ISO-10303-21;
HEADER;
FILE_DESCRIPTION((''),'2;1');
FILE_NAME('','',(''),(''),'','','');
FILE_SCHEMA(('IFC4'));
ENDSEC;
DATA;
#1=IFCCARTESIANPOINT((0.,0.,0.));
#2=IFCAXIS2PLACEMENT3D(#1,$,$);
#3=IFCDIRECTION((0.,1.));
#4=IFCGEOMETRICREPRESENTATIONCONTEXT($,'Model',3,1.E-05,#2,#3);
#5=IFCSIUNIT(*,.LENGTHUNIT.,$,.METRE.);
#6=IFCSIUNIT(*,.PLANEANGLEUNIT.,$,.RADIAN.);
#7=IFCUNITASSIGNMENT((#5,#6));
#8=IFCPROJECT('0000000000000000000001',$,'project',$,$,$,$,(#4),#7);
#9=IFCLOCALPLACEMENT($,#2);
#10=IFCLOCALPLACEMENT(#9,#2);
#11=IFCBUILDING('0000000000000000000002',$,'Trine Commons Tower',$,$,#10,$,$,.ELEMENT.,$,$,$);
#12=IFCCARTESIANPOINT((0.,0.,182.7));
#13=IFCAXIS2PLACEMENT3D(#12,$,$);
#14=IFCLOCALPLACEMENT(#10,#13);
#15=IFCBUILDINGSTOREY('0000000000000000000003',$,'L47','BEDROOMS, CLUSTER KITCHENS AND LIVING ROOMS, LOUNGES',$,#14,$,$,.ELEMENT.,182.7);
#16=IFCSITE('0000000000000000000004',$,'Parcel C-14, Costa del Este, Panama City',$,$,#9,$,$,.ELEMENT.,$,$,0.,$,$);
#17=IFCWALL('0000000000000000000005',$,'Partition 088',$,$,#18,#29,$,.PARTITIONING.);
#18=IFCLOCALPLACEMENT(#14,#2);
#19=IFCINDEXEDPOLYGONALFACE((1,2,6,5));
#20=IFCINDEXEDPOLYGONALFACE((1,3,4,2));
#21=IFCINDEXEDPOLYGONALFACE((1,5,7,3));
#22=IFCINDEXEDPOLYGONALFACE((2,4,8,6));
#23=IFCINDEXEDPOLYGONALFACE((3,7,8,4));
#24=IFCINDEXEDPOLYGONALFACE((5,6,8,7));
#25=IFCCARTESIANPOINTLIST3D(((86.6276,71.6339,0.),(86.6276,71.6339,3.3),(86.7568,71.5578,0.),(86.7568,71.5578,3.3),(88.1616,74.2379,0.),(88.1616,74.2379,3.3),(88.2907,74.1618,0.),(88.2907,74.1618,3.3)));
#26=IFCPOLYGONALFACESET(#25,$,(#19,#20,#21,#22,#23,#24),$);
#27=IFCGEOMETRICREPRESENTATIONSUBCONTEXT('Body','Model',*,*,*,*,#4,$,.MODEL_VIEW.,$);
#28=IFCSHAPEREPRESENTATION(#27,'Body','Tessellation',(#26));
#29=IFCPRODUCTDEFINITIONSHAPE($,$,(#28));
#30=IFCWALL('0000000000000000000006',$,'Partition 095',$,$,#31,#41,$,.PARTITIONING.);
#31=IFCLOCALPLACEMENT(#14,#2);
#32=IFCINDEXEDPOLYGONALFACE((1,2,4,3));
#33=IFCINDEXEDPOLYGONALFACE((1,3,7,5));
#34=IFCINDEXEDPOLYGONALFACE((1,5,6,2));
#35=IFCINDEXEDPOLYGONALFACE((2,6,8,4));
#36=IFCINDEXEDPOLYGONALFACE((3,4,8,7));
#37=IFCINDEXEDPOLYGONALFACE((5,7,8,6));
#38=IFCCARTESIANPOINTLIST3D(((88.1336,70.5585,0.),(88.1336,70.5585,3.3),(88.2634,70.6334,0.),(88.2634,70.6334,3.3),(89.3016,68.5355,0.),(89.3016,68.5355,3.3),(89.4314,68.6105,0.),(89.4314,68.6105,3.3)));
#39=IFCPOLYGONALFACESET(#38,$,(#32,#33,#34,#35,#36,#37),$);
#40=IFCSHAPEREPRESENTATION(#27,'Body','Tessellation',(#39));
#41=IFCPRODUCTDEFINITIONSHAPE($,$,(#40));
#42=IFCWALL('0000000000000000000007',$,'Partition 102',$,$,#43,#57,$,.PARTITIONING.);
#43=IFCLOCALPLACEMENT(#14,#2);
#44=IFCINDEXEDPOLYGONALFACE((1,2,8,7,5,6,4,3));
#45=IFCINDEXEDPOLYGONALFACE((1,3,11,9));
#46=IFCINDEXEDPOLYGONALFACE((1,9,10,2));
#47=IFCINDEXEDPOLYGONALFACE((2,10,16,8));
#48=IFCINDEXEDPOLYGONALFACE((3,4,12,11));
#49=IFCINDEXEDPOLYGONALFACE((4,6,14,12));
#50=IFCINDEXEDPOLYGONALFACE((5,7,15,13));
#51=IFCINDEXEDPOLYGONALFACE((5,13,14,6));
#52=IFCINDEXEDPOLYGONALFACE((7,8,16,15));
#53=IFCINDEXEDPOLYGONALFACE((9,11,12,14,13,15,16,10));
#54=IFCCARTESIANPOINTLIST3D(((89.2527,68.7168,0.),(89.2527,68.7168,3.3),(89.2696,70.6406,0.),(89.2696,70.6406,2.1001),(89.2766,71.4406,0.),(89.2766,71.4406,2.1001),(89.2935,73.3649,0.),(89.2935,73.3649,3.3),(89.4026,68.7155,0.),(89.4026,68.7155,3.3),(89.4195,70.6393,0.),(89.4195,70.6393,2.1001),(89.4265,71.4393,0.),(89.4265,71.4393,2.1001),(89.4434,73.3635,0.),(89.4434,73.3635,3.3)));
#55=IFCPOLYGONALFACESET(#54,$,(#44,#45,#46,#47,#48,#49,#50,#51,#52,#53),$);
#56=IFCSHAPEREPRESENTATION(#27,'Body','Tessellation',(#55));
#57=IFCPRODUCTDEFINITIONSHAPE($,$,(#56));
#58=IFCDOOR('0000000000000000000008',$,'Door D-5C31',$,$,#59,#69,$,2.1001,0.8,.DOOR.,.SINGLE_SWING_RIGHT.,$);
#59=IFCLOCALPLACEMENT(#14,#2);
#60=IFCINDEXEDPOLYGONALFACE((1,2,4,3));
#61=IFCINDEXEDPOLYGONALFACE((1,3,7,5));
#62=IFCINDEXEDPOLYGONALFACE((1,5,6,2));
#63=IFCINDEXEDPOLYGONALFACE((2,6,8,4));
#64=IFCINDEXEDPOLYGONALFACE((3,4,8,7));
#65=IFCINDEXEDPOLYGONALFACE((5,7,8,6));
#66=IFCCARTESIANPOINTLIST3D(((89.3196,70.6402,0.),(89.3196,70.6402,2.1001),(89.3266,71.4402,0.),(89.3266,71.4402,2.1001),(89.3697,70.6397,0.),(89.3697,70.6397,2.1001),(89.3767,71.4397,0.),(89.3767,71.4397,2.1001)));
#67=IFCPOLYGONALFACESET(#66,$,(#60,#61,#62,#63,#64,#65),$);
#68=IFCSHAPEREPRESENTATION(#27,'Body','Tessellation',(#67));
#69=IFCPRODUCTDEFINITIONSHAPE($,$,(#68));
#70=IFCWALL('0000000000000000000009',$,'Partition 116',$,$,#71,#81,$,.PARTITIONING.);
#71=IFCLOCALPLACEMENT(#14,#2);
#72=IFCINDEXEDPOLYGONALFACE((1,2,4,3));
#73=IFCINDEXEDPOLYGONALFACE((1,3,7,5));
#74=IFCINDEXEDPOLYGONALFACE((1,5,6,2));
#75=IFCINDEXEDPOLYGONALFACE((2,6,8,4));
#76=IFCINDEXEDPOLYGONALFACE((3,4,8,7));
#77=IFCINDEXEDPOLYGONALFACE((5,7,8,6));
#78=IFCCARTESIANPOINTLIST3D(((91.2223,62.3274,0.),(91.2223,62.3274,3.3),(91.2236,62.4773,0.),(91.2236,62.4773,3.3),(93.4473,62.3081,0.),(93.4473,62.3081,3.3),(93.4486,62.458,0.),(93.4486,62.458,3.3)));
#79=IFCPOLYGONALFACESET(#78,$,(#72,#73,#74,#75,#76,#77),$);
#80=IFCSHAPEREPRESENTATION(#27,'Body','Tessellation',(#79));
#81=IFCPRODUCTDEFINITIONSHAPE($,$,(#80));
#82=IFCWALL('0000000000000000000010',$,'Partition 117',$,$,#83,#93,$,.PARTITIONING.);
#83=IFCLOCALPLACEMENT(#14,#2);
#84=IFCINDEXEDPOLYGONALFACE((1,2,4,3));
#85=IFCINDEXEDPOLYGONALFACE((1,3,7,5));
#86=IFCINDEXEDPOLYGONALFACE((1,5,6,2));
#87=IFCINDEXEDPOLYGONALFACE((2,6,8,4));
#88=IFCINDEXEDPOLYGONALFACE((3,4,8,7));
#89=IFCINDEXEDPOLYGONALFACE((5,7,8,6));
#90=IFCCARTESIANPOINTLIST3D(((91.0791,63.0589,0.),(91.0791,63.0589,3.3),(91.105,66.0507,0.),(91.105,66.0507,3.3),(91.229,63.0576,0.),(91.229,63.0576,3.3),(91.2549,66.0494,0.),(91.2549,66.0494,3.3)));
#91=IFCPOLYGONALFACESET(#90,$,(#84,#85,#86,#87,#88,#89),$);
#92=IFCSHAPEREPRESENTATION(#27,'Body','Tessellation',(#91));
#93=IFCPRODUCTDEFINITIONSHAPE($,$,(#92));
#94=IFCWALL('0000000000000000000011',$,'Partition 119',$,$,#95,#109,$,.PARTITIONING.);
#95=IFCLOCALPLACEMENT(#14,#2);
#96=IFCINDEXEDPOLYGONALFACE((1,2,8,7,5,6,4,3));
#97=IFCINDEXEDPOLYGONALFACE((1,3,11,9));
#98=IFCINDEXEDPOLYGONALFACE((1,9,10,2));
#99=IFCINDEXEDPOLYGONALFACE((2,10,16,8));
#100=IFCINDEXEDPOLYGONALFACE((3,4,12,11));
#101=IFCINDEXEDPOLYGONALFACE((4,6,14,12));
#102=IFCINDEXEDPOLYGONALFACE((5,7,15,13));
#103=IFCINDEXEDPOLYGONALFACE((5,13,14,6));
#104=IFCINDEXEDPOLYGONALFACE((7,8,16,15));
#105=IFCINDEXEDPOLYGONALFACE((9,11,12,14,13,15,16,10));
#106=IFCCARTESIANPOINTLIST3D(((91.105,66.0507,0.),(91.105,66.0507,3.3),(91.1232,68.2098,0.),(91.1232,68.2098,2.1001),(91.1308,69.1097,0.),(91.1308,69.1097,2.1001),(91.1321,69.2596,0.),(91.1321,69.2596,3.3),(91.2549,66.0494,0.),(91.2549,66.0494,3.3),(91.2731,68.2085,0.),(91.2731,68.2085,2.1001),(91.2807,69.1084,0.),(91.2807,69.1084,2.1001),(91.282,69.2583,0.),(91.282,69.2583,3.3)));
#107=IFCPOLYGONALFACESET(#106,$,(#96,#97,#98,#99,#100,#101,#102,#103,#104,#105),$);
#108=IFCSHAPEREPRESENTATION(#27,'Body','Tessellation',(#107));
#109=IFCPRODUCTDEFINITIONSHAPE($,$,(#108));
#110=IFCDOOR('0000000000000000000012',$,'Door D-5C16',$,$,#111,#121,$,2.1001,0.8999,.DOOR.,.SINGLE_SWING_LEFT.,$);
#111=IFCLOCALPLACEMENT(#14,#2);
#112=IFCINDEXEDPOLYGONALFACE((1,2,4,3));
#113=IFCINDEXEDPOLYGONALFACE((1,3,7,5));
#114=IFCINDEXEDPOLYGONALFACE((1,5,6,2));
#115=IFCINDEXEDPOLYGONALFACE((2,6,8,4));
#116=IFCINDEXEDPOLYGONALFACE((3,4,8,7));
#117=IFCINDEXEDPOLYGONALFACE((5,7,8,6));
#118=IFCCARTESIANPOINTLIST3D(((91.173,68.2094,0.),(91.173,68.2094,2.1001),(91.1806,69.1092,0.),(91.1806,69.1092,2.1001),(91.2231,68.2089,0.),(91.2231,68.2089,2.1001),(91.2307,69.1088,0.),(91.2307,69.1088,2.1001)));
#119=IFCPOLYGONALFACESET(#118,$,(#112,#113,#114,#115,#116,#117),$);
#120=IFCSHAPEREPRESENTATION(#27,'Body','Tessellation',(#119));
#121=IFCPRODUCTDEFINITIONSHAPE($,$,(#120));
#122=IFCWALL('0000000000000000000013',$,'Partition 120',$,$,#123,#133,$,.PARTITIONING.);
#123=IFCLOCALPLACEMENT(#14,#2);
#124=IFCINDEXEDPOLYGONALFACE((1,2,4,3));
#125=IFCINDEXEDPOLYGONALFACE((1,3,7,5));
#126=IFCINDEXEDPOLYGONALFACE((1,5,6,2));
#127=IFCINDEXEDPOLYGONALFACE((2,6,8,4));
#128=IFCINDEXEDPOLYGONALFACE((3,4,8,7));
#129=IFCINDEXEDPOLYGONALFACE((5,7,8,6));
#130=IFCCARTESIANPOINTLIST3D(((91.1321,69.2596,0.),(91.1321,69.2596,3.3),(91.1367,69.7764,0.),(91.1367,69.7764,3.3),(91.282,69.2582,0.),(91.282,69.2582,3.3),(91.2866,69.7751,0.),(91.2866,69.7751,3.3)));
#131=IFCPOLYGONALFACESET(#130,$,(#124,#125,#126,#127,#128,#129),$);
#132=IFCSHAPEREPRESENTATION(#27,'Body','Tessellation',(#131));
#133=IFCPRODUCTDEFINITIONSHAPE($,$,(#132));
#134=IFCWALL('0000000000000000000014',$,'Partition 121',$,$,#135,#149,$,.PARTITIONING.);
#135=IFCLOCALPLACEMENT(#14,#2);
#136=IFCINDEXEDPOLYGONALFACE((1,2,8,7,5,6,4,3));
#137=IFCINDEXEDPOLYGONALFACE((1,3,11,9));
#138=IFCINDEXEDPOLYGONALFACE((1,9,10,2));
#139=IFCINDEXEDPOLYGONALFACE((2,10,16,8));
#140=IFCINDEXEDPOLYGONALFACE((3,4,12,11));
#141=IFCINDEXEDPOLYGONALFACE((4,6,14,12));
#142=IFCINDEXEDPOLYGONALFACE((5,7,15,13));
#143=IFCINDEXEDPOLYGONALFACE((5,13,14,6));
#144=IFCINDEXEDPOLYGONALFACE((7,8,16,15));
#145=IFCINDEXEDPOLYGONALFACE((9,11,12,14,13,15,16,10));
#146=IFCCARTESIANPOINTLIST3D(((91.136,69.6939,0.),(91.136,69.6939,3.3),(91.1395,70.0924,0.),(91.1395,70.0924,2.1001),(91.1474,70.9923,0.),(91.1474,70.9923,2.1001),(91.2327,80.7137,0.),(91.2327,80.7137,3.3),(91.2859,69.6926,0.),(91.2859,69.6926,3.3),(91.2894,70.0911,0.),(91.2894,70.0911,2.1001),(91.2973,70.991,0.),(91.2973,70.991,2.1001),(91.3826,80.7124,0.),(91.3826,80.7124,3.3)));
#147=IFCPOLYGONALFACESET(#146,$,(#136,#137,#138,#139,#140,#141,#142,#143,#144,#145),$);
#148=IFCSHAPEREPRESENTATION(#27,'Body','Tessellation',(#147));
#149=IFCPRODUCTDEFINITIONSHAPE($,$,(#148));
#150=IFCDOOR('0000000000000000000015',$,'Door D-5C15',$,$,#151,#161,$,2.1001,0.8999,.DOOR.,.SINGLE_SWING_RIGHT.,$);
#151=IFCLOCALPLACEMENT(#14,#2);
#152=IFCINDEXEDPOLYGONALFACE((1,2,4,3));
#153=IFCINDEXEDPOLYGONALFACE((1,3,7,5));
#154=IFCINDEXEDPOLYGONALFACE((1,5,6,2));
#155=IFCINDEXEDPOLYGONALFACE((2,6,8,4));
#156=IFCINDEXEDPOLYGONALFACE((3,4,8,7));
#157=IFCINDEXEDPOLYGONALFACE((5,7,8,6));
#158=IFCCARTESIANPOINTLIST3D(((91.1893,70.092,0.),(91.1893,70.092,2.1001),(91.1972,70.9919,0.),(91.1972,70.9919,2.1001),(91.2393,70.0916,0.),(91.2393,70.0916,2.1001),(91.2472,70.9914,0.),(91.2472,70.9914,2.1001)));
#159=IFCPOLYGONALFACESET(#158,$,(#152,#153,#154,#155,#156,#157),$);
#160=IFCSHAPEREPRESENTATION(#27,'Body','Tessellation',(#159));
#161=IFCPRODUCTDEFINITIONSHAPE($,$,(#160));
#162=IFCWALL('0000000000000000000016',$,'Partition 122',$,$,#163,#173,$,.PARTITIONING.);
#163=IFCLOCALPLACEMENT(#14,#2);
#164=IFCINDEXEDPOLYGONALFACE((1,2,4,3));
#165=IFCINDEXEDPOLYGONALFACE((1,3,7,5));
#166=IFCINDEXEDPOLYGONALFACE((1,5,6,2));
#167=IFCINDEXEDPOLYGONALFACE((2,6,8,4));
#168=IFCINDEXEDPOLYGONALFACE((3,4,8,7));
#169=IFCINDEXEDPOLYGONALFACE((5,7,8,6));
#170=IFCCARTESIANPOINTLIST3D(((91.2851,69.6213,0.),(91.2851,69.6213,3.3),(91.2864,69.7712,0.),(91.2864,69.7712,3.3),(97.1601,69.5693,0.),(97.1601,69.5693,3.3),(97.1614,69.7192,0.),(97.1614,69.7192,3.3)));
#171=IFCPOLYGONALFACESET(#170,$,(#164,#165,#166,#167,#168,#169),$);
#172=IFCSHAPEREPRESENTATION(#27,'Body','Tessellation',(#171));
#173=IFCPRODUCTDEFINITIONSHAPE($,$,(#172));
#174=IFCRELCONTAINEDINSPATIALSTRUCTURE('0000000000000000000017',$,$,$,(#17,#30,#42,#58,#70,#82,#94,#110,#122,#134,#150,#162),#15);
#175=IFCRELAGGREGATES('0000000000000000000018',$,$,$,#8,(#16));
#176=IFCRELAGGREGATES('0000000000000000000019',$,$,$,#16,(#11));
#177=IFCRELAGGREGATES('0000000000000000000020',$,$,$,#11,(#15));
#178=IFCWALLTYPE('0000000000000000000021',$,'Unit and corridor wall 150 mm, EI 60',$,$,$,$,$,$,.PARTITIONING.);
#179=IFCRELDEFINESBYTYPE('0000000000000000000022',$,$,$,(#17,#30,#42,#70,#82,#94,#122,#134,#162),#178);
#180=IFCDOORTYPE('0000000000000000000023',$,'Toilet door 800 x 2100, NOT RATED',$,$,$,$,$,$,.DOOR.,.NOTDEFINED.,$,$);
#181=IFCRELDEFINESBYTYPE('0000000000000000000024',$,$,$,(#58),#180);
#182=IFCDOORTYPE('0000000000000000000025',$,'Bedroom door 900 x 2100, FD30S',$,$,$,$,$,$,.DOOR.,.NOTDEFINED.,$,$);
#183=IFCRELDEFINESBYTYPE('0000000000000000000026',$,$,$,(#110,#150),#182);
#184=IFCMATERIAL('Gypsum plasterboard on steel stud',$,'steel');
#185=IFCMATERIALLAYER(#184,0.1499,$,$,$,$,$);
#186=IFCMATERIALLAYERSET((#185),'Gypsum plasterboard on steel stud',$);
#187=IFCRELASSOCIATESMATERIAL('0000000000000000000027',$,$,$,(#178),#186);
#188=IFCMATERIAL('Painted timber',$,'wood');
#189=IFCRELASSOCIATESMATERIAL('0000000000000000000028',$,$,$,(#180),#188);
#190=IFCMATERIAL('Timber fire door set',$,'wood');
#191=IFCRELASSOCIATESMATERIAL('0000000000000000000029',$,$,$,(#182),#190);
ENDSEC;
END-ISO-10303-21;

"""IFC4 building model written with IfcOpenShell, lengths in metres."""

from ifc_helpers import new_model, si_unit, direction, frame, frame_2d, origin, place, context, subcontext, project, spatial, rectangle, extrude, material, layer, layer_set, type_object, element, fill, save


model = new_model("IFC4")

# Units and contexts
model_context = context("Model", 3, precision=1e-05, world=origin(), true_north=direction((0.0, 1.0)))
body_context = subcontext(model_context, "Body", "Model", "MODEL_VIEW")
ifc_project = project(units=[si_unit("LENGTHUNIT", "METRE"), si_unit("PLANEANGLEUNIT", "RADIAN")], contexts=[model_context])

# Site, building, storey
site_placement = place(None, origin())
site = spatial("IfcSite", under=ifc_project, at=site_placement, Name="Parcel C-14, Costa del Este, Panama City", CompositionType="ELEMENT", RefElevation=0.0)
building_placement = place(site_placement, origin())
building = spatial("IfcBuilding", under=site, at=building_placement, Name="Trine Commons Tower", CompositionType="ELEMENT")
storey_placement = place(building_placement, frame((0.0, 0.0, 182.7)))
storey = spatial("IfcBuildingStorey", under=building, at=storey_placement, Name="L47", Description="BEDROOMS, CLUSTER KITCHENS AND LIVING ROOMS, LOUNGES", CompositionType="ELEMENT", Elevation=182.7)

# Walls
ifc_material_1 = material(Name="Gypsum plasterboard on steel stud", Category="steel")
ifc_layer_1 = layer(ifc_material_1, 0.1499)
ifc_layer_set_1 = layer_set([ifc_layer_1], Name="Gypsum plasterboard on steel stud")
wall_type_1 = type_object("IfcWallType", Name="Unit and corridor wall 150 mm, EI 60", PredefinedType="PARTITIONING", material=ifc_layer_set_1)
wall_1_placement = place(storey_placement, frame((86.6921, 71.5957, 0.0), z_axis=(0.0, 0.0, 1.0), x_axis=(0.507553, 0.86162, 0.0)))
element("IfcWall", 1, at=wall_1_placement, inside=storey, type_object=wall_type_1, Name="Partition 088", PredefinedType="PARTITIONING", context=body_context, shape_type="SweptSolid", body=[
    extrude(rectangle(XDim=3.0222, YDim=0.1499, at=frame_2d((1.5112, 0.0))), origin(), (0.0, 0.0, 1.0), 3.3),
])
wall_2_placement = place(storey_placement, frame((88.1985, 70.5959, 0.0), z_axis=(0.0, 0.0, 1.0), x_axis=(0.500006, -0.866022, 0.0)))
element("IfcWall", 2, at=wall_2_placement, inside=storey, type_object=wall_type_1, Name="Partition 095", PredefinedType="PARTITIONING", context=body_context, shape_type="SweptSolid", body=[
    extrude(rectangle(XDim=2.3359, YDim=0.1499, at=frame_2d((1.168, 0.0))), origin(), (0.0, 0.0, 1.0), 3.3),
])

# Wall, opening, door
wall_3_placement = place(storey_placement, frame((89.3276, 68.7161, 0.0), z_axis=(0.0, 0.0, 1.0), x_axis=(0.008772, 0.999962, 0.0)))
wall_3 = element("IfcWall", 3, at=wall_3_placement, inside=storey, type_object=wall_type_1, Name="Partition 102", PredefinedType="PARTITIONING", context=body_context, shape_type="SweptSolid", body=[
    extrude(rectangle(XDim=4.6482, YDim=0.1499, at=frame_2d((2.3242, 0.0))), origin(), (0.0, 0.0, 1.0), 3.3),
])
opening_1_placement = place(wall_3_placement, frame((1.9241, 0.0, 0.0)))
opening_1 = element("IfcOpeningElement", 4, at=opening_1_placement, cuts=wall_3, PredefinedType="OPENING", context=body_context, shape_type="SweptSolid", body=[
    extrude(rectangle(XDim=0.8, YDim=2.1001, at=frame_2d((0.3999, 1.05))), frame((0.0, 0.085, 0.0), z_axis=(0.0, -1.0, 0.0), x_axis=(1.0, 0.0, 0.0)), (0.0, 0.0, 1.0), 0.1699),
])
ifc_material_2 = material(Name="Painted timber", Category="wood")
door_type_1 = type_object("IfcDoorType", Name="Toilet door 800 x 2100, NOT RATED", OperationType="NOTDEFINED", PredefinedType="DOOR", material=ifc_material_2)
door_1_placement = place(opening_1_placement, origin())
door_1 = element("IfcDoor", 5, at=door_1_placement, inside=storey, type_object=door_type_1, Name="Door D-5C31", OperationType="SINGLE_SWING_RIGHT", OverallHeight=2.1001, OverallWidth=0.8, PredefinedType="DOOR", context=body_context, shape_type="SweptSolid", body=[
    extrude(rectangle(XDim=0.8, YDim=2.1001, at=frame_2d((0.3999, 1.05))), frame((0.0, 0.0249, 0.0), z_axis=(0.0, -1.0, 0.0), x_axis=(1.0, 0.0, 0.0)), (0.0, 0.0, 1.0), 0.05),
])
fill(opening_1, door_1)

# Walls
wall_4_placement = place(storey_placement, frame((91.2229, 62.4023, 0.0), z_axis=(0.0, 0.0, 1.0), x_axis=(0.999962, -0.008668, 0.0)))
element("IfcWall", 6, at=wall_4_placement, inside=storey, type_object=wall_type_1, Name="Partition 116", PredefinedType="PARTITIONING", context=body_context, shape_type="SweptSolid", body=[
    extrude(rectangle(XDim=2.2251, YDim=0.1499, at=frame_2d((1.1125, 0.0))), origin(), (0.0, 0.0, 1.0), 3.3),
])
wall_5_placement = place(storey_placement, frame((91.1541, 63.0581, 0.0), z_axis=(0.0, 0.0, 1.0), x_axis=(0.008649, 0.999963, 0.0)))
element("IfcWall", 7, at=wall_5_placement, inside=storey, type_object=wall_type_1, Name="Partition 117", PredefinedType="PARTITIONING", context=body_context, shape_type="SweptSolid", body=[
    extrude(rectangle(XDim=2.9919, YDim=0.1499, at=frame_2d((1.4961, 0.0))), origin(), (0.0, 0.0, 1.0), 3.3),
])

# Wall, opening, door
wall_6_placement = place(storey_placement, frame((91.1799, 66.05, 0.0), z_axis=(0.0, 0.0, 1.0), x_axis=(0.008445, 0.999964, 0.0)))
wall_6 = element("IfcWall", 8, at=wall_6_placement, inside=storey, type_object=wall_type_1, Name="Partition 119", PredefinedType="PARTITIONING", context=body_context, shape_type="SweptSolid", body=[
    extrude(rectangle(XDim=3.209, YDim=0.1499, at=frame_2d((1.6045, 0.0))), origin(), (0.0, 0.0, 1.0), 3.3),
])
opening_2_placement = place(wall_6_placement, frame((2.1592, 0.0, 0.0)))
opening_2 = element("IfcOpeningElement", 9, at=opening_2_placement, cuts=wall_6, PredefinedType="OPENING", context=body_context, shape_type="SweptSolid", body=[
    extrude(rectangle(XDim=0.8999, YDim=2.1001, at=frame_2d((0.45, 1.05))), frame((0.0, 0.085, 0.0), z_axis=(0.0, -1.0, 0.0), x_axis=(1.0, 0.0, 0.0)), (0.0, 0.0, 1.0), 0.1699),
])
ifc_material_3 = material(Name="Timber fire door set", Category="wood")
door_type_2 = type_object("IfcDoorType", Name="Bedroom door 900 x 2100, FD30S", OperationType="NOTDEFINED", PredefinedType="DOOR", material=ifc_material_3)
door_2_placement = place(opening_2_placement, frame((0.8999, 0.0, 0.0), z_axis=(0.0, 0.0, 1.0), x_axis=(-1.0, 0.0, 0.0)))
door_2 = element("IfcDoor", 10, at=door_2_placement, inside=storey, type_object=door_type_2, Name="Door D-5C16", OperationType="SINGLE_SWING_LEFT", OverallHeight=2.1001, OverallWidth=0.8999, PredefinedType="DOOR", context=body_context, shape_type="SweptSolid", body=[
    extrude(rectangle(XDim=0.8999, YDim=2.1001, at=frame_2d((0.45, 1.05))), frame((0.0, 0.0249, 0.0), z_axis=(0.0, -1.0, 0.0), x_axis=(1.0, 0.0, 0.0)), (0.0, 0.0, 1.0), 0.05),
])
fill(opening_2, door_2)

# Wall
wall_7_placement = place(storey_placement, frame((91.207, 69.259, 0.0), z_axis=(0.0, 0.0, 1.0), x_axis=(0.008975, 0.99996, 0.0)))
element("IfcWall", 11, at=wall_7_placement, inside=storey, type_object=wall_type_1, Name="Partition 120", PredefinedType="PARTITIONING", context=body_context, shape_type="SweptSolid", body=[
    extrude(rectangle(XDim=0.5168, YDim=0.1499, at=frame_2d((0.2583, 0.0))), origin(), (0.0, 0.0, 1.0), 3.3),
])

# Wall, opening, door
wall_8_placement = place(storey_placement, frame((91.2109, 69.6931, 0.0), z_axis=(0.0, 0.0, 1.0), x_axis=(0.008773, 0.999962, 0.0)))
wall_8 = element("IfcWall", 12, at=wall_8_placement, inside=storey, type_object=wall_type_1, Name="Partition 121", PredefinedType="PARTITIONING", context=body_context, shape_type="SweptSolid", body=[
    extrude(rectangle(XDim=11.0203, YDim=0.1499, at=frame_2d((5.5103, 0.0))), origin(), (0.0, 0.0, 1.0), 3.3),
])
opening_3_placement = place(wall_8_placement, frame((0.3987, 0.0, 0.0)))
opening_3 = element("IfcOpeningElement", 13, at=opening_3_placement, cuts=wall_8, PredefinedType="OPENING", context=body_context, shape_type="SweptSolid", body=[
    extrude(rectangle(XDim=0.8999, YDim=2.1001, at=frame_2d((0.45, 1.05))), frame((0.0, 0.085, 0.0), z_axis=(0.0, -1.0, 0.0), x_axis=(1.0, 0.0, 0.0)), (0.0, 0.0, 1.0), 0.1699),
])
door_3_placement = place(opening_3_placement, frame((0.8999, 0.0, 0.0), z_axis=(0.0, 0.0, 1.0), x_axis=(-1.0, 0.0, 0.0)))
door_3 = element("IfcDoor", 14, at=door_3_placement, inside=storey, type_object=door_type_2, Name="Door D-5C15", OperationType="SINGLE_SWING_RIGHT", OverallHeight=2.1001, OverallWidth=0.8999, PredefinedType="DOOR", context=body_context, shape_type="SweptSolid", body=[
    extrude(rectangle(XDim=0.8999, YDim=2.1001, at=frame_2d((0.45, 1.05))), frame((0.0, 0.0249, 0.0), z_axis=(0.0, -1.0, 0.0), x_axis=(1.0, 0.0, 0.0)), (0.0, 0.0, 1.0), 0.05),
])
fill(opening_3, door_3)

# Wall
wall_9_placement = place(storey_placement, frame((91.2859, 69.6963, 0.0), z_axis=(0.0, 0.0, 1.0), x_axis=(0.999961, -0.008851, 0.0)))
element("IfcWall", 15, at=wall_9_placement, inside=storey, type_object=wall_type_1, Name="Partition 122", PredefinedType="PARTITIONING", context=body_context, shape_type="SweptSolid", body=[
    extrude(rectangle(XDim=5.8752, YDim=0.1499, at=frame_2d((2.9375, 0.0))), origin(), (0.0, 0.0, 1.0), 3.3),
])

save(model, "model.ifc")
